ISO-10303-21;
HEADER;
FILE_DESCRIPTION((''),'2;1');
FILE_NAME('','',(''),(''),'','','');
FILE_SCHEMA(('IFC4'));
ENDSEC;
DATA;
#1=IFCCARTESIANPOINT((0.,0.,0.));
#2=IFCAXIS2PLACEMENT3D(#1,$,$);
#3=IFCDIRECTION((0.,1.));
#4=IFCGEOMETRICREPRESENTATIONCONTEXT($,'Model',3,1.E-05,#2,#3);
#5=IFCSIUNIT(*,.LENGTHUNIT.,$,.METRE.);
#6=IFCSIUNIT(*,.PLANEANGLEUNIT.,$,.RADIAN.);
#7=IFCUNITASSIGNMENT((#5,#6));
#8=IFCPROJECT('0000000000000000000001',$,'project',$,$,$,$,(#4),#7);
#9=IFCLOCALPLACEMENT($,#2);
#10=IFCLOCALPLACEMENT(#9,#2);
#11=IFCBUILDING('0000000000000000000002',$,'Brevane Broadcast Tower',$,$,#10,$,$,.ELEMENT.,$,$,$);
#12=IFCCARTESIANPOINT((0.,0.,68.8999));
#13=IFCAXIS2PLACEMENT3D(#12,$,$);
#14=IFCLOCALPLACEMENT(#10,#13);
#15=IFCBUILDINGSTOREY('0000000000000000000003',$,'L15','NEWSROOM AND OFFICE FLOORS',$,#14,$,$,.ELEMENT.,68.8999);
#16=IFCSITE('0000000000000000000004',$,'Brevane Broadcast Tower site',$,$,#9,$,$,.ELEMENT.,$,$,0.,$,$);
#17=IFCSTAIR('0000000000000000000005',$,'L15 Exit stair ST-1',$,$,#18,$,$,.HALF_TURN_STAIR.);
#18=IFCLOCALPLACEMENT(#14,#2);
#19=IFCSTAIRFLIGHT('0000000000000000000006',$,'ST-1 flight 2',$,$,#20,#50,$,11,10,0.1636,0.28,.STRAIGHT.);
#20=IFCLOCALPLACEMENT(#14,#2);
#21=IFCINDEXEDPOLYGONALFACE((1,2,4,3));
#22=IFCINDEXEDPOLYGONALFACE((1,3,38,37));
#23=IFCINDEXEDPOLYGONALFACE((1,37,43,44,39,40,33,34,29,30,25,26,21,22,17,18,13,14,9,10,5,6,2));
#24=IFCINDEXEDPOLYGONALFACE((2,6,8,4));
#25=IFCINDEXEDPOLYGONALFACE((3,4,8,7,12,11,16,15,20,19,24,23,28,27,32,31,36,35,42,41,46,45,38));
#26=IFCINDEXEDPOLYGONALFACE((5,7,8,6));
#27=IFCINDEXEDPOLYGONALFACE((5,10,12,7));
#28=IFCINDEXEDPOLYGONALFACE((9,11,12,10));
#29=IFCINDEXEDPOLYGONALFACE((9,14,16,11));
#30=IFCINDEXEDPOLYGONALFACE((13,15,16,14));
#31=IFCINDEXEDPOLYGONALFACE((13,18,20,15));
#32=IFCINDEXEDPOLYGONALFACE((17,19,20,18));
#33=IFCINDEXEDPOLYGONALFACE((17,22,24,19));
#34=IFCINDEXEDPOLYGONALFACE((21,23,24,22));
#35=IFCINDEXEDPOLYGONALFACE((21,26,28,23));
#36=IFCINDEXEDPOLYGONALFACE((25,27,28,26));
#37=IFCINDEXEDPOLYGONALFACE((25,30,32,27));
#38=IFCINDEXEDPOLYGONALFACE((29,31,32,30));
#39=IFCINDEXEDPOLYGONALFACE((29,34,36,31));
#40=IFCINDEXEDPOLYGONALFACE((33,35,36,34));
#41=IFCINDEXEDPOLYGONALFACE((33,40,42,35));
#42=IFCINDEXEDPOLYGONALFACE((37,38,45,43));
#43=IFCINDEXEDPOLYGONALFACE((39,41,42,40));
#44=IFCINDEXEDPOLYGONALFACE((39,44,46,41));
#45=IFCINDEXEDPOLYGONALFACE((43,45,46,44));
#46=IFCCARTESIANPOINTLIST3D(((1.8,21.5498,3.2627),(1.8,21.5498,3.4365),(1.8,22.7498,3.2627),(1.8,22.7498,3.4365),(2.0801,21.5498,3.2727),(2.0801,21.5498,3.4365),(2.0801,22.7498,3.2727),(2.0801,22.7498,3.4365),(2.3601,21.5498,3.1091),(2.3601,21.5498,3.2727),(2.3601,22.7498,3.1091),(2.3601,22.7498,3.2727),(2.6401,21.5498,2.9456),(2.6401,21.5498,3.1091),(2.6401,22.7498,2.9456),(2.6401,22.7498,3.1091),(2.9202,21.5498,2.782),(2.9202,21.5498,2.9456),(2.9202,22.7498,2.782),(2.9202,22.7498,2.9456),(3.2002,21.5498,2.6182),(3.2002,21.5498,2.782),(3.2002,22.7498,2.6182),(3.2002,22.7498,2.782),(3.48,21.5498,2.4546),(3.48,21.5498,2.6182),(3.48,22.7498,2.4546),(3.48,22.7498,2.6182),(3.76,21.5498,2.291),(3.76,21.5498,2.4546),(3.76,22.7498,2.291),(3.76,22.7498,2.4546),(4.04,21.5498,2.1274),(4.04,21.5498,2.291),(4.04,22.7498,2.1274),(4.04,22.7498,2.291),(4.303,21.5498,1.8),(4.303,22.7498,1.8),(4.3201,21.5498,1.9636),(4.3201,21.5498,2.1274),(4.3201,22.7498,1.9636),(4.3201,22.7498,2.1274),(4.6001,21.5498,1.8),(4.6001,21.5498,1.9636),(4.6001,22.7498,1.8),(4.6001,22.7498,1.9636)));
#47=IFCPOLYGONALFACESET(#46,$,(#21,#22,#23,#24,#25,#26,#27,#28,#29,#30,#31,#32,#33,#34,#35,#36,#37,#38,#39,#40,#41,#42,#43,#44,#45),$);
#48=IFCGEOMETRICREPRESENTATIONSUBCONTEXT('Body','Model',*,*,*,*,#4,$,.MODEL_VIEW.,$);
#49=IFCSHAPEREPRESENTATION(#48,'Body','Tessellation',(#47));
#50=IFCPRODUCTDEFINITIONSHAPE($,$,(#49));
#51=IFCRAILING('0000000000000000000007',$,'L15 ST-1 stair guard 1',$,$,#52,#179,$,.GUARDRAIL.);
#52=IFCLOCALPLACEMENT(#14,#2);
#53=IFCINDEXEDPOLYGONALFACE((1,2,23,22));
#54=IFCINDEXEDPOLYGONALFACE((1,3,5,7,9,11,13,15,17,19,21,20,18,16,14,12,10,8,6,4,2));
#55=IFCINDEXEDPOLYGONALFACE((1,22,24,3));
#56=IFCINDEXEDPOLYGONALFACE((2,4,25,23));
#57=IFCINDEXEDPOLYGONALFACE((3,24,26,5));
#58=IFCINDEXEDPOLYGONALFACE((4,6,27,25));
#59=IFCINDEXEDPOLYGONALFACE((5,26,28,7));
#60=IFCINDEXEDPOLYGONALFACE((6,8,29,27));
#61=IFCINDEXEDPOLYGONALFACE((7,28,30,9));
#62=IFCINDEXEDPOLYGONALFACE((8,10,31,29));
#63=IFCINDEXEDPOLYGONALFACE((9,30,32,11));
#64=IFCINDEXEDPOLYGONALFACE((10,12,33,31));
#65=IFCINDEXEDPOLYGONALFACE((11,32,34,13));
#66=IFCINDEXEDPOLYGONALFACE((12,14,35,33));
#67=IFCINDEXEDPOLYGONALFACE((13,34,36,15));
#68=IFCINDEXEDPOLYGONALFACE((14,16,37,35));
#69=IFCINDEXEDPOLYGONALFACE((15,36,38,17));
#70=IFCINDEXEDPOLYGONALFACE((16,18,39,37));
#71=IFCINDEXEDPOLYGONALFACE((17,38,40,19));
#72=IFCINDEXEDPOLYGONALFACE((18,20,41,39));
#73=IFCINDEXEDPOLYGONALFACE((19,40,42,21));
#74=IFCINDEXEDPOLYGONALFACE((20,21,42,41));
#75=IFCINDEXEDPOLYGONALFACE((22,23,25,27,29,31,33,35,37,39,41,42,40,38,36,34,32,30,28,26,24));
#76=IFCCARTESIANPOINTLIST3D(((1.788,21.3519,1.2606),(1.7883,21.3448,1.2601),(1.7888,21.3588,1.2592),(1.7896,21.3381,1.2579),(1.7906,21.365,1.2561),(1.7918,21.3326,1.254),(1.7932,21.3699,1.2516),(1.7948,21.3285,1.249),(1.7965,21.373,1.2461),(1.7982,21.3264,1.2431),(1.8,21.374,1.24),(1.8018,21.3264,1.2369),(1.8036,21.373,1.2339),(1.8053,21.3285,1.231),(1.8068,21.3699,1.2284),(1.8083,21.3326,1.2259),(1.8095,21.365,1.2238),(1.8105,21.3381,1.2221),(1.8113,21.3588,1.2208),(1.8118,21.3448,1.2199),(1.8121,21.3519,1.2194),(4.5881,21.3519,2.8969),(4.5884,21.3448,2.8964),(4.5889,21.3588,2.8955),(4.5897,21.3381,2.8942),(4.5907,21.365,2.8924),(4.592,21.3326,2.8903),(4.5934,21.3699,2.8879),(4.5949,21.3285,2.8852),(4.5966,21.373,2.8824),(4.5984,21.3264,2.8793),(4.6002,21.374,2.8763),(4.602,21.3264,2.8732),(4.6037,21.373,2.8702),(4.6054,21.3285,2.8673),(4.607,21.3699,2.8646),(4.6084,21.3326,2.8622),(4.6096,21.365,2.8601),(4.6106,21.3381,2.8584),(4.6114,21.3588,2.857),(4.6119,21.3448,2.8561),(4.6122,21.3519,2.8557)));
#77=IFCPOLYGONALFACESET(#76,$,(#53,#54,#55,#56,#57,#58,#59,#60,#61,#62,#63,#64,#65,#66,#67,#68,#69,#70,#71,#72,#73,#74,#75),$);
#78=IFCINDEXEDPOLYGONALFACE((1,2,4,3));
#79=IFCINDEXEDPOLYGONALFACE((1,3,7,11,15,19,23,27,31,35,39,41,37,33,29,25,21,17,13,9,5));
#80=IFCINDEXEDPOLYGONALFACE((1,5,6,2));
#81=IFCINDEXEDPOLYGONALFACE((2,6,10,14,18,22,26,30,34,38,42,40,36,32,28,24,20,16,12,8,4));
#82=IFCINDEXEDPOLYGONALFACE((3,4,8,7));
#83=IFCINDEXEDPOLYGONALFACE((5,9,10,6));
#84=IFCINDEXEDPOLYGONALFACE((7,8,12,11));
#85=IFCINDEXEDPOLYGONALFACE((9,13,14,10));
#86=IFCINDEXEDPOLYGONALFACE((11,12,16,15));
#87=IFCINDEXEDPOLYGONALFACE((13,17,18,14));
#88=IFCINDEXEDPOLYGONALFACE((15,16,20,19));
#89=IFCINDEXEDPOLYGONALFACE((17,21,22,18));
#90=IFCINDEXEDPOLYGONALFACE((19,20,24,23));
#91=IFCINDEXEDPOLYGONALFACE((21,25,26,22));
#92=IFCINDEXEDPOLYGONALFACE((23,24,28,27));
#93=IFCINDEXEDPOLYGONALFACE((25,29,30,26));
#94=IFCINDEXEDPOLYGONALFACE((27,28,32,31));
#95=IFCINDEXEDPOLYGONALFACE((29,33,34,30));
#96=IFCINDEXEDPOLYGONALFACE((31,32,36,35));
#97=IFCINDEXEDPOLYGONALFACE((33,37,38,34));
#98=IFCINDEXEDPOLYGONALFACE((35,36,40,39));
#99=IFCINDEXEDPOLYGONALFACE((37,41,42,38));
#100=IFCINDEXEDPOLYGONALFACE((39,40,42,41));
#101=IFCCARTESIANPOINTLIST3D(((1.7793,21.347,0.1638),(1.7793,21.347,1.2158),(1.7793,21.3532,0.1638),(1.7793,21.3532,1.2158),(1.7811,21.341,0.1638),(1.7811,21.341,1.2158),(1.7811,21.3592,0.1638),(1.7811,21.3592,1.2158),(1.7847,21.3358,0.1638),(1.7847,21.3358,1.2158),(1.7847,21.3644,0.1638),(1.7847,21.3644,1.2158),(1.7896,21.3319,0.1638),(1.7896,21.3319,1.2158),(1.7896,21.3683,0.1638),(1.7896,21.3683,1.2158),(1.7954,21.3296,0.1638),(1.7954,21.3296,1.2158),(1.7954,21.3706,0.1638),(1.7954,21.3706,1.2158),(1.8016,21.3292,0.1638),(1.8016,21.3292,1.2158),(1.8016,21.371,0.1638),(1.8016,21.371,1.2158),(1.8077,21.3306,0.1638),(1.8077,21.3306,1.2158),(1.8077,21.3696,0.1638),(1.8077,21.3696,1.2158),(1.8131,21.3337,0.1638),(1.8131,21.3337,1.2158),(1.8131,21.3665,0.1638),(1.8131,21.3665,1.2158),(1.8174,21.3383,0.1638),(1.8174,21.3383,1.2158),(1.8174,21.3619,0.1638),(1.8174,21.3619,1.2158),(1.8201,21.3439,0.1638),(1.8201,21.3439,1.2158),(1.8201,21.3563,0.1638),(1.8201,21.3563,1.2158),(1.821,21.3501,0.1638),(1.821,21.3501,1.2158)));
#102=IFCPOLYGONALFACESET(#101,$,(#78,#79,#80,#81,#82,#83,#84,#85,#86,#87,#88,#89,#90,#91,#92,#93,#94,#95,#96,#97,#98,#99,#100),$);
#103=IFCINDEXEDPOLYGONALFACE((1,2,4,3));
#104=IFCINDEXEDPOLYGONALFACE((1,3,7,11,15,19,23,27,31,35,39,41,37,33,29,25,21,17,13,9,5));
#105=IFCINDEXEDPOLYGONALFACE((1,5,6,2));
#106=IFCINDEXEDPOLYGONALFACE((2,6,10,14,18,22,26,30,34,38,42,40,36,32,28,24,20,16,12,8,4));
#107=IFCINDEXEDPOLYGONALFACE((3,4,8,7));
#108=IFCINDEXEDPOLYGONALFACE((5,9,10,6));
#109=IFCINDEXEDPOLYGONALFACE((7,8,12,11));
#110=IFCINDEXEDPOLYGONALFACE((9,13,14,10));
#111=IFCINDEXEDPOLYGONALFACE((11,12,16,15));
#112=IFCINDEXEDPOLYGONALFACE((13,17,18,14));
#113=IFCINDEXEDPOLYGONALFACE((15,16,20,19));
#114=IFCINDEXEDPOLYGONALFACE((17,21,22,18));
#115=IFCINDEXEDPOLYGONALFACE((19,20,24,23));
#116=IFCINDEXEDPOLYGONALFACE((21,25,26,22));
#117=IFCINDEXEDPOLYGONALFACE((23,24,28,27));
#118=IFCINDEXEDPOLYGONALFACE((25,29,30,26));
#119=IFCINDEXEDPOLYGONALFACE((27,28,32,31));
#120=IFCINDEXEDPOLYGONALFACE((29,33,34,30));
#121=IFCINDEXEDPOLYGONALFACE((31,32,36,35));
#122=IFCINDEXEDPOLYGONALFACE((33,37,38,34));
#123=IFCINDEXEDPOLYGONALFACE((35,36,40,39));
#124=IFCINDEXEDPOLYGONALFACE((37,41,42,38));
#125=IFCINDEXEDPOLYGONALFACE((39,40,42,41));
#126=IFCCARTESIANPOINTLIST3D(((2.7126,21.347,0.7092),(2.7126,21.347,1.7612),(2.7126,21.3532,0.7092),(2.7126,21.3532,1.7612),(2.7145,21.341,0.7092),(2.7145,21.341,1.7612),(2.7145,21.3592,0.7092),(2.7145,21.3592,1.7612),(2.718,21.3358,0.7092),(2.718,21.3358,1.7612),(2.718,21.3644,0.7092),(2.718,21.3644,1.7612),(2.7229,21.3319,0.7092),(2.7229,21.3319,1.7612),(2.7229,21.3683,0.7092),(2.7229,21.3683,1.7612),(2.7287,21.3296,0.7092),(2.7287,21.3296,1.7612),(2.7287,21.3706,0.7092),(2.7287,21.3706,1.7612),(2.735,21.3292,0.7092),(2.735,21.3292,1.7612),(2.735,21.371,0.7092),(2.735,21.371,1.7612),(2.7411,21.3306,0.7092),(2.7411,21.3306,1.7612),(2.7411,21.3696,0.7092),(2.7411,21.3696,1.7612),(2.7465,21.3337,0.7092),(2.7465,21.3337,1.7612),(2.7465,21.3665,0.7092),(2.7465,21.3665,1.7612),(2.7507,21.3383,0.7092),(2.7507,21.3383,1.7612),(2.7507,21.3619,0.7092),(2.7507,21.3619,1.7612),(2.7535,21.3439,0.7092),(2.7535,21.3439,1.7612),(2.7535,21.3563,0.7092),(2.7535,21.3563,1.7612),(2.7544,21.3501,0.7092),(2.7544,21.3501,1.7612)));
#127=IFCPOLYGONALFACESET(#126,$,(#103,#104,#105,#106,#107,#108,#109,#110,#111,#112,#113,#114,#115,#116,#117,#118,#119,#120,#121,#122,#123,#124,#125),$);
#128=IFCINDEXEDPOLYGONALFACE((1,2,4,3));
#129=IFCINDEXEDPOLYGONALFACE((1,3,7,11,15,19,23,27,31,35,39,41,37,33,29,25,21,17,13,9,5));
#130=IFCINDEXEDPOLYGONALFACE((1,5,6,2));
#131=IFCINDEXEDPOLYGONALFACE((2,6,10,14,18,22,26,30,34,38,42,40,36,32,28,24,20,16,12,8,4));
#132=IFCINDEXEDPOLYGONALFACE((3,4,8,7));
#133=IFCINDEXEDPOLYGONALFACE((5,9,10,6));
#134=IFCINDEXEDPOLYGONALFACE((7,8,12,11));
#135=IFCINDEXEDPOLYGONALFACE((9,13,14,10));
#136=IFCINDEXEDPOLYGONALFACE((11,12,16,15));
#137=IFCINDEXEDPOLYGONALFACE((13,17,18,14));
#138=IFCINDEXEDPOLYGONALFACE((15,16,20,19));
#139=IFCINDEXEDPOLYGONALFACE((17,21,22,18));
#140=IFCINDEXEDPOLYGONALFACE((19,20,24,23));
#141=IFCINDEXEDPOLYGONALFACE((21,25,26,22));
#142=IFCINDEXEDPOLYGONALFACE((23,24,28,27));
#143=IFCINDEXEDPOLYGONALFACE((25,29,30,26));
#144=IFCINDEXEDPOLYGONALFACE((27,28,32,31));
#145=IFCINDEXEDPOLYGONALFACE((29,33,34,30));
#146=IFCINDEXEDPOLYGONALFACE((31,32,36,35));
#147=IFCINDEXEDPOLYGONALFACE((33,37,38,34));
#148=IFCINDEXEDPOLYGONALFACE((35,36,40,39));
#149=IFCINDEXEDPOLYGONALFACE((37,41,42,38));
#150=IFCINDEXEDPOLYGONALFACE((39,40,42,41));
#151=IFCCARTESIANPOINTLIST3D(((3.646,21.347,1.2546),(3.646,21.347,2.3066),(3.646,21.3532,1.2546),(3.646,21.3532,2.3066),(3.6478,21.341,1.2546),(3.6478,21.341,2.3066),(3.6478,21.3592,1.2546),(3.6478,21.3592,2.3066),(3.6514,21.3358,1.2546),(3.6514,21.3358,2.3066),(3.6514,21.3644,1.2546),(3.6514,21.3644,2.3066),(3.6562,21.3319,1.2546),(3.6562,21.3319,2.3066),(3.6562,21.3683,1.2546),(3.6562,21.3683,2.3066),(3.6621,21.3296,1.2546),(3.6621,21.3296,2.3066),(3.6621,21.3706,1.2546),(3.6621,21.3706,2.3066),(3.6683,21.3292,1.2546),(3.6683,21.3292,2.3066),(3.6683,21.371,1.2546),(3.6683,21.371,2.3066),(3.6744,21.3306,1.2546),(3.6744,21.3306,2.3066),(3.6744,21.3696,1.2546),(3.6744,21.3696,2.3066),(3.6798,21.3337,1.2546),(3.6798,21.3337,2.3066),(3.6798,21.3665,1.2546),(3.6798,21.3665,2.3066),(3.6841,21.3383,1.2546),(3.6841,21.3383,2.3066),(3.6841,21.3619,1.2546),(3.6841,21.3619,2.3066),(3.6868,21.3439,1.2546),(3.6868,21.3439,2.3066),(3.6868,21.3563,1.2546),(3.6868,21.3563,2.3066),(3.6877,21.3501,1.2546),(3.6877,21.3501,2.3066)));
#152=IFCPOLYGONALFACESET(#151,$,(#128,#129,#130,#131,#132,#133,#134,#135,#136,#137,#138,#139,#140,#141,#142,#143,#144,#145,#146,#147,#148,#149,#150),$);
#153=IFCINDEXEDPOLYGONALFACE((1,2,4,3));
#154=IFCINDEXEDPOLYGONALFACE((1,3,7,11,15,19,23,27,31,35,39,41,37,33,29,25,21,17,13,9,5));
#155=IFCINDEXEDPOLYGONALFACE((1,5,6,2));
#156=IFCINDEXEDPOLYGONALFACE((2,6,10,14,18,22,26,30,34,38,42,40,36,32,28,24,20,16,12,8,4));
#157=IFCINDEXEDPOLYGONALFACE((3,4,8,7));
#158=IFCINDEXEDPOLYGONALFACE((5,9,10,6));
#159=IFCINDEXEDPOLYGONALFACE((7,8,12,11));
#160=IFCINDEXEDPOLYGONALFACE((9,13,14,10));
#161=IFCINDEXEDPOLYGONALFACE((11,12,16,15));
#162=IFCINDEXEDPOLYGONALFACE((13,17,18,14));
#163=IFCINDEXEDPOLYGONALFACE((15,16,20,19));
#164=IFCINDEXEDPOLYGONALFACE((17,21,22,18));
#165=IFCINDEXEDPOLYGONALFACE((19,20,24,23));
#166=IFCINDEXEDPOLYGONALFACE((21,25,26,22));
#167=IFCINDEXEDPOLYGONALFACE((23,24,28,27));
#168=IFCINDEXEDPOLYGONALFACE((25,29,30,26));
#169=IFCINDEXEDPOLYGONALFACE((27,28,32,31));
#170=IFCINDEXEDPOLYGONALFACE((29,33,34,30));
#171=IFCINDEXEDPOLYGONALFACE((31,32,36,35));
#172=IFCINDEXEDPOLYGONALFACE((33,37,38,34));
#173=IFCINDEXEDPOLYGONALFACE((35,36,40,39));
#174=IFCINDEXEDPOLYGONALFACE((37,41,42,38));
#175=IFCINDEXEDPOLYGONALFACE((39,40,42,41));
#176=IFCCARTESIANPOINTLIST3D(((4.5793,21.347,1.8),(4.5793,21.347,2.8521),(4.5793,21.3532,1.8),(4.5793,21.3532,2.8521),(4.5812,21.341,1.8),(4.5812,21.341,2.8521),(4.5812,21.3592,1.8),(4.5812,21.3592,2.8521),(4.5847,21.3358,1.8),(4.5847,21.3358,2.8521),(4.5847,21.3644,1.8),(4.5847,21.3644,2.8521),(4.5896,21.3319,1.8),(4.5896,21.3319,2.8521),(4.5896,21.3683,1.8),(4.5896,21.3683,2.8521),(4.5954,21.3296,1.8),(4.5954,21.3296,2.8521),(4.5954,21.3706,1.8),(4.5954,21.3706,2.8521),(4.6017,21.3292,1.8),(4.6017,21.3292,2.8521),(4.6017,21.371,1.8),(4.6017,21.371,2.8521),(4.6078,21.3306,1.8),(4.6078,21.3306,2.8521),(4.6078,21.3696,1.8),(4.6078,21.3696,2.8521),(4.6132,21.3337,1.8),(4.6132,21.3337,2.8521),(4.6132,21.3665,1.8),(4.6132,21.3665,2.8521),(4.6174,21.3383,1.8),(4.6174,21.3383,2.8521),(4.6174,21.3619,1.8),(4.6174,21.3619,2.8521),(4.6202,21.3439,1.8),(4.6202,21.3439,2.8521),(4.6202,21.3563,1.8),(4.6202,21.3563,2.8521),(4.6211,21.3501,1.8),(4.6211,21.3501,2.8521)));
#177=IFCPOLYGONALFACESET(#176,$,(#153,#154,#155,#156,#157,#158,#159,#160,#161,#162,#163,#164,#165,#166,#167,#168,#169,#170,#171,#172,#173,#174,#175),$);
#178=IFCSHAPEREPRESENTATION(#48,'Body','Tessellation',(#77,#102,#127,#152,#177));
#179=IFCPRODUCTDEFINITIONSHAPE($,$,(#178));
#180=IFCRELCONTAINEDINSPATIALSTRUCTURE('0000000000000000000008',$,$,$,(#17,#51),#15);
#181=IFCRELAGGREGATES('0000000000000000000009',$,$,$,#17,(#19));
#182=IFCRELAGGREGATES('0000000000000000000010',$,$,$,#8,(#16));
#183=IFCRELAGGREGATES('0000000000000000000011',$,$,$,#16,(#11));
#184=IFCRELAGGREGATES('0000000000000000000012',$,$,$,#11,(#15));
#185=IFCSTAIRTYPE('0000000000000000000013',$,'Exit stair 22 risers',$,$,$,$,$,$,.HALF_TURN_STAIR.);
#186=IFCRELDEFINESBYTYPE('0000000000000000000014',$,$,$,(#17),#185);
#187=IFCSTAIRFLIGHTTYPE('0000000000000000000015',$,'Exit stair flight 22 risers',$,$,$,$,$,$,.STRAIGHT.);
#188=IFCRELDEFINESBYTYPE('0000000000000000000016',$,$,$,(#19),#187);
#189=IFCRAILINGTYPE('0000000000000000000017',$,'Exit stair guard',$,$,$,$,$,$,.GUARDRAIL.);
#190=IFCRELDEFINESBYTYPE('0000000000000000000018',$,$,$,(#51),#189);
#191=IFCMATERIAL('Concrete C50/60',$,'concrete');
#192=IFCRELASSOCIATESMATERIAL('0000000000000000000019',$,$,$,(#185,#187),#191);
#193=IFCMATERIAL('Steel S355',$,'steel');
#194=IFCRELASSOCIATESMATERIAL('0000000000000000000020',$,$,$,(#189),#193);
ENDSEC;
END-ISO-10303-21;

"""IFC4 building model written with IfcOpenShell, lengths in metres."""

from ifc_helpers import new_model, si_unit, direction, frame, origin, origin_2d, place, context, subcontext, project, spatial, polyline, circle, outline, extrude, material, type_object, element, aggregate, save


model = new_model("IFC4")

# Units and contexts
model_context = context("Model", 3, precision=1e-05, world=origin(), true_north=direction((0.0, 1.0)))
body_context = subcontext(model_context, "Body", "Model", "MODEL_VIEW")
ifc_project = project(units=[si_unit("LENGTHUNIT", "METRE"), si_unit("PLANEANGLEUNIT", "RADIAN")], contexts=[model_context])

# Site, building, storey
site_placement = place(None, origin())
site = spatial("IfcSite", under=ifc_project, at=site_placement, Name="Brevane Broadcast Tower site", CompositionType="ELEMENT", RefElevation=0.0)
building_placement = place(site_placement, origin())
building = spatial("IfcBuilding", under=site, at=building_placement, Name="Brevane Broadcast Tower", CompositionType="ELEMENT")
storey_placement = place(building_placement, frame((0.0, 0.0, 68.8999)))
storey = spatial("IfcBuildingStorey", under=building, at=storey_placement, Name="L15", Description="NEWSROOM AND OFFICE FLOORS", CompositionType="ELEMENT", Elevation=68.8999)

# Stair, stair flight
ifc_material_1 = material(Name="Concrete C50/60", Category="concrete")
stair_type = type_object("IfcStairType", Name="Exit stair 22 risers", PredefinedType="HALF_TURN_STAIR", material=ifc_material_1)
stair_placement = place(storey_placement, origin())
stair = element("IfcStair", 1, at=stair_placement, inside=storey, type_object=stair_type, Name="L15 Exit stair ST-1", PredefinedType="HALF_TURN_STAIR")
stair_flight_type = type_object("IfcStairFlightType", Name="Exit stair flight 22 risers", PredefinedType="STRAIGHT", material=ifc_material_1)
stair_flight_placement = place(storey_placement, frame((4.6001, 22.1499, 1.8), z_axis=(0.0, 0.0, 1.0), x_axis=(-1.0, 0.0, 0.0)))
stair_flight = element("IfcStairFlight", 2, at=stair_flight_placement, type_object=stair_flight_type, Name="ST-1 flight 2", NumberOfRisers=11, NumberOfTreads=10, PredefinedType="STRAIGHT", RiserHeight=0.1636, TreadLength=0.28, context=body_context, shape_type="SweptSolid", body=[
    extrude(outline(polyline([(0.0, 0.0), (0.0, 0.1636), (0.28, 0.1636), (0.28, 0.3274), (0.5601, 0.3274), (0.5601, 0.491), (0.8401, 0.491), (0.8401, 0.6545), (1.1201, 0.6545), (1.1201, 0.8181), (1.3999, 0.8181), (1.3999, 0.9819), (1.6799, 0.9819), (1.6799, 1.1455), (1.96, 1.1455), (1.96, 1.3091), (2.24, 1.3091), (2.24, 1.4727), (2.52, 1.4727), (2.52, 1.6365), (2.8, 1.6365), (2.8, 1.8), (2.8, 1.4626), (0.2971, 0.0), (0.0, 0.0)])), frame((0.0, 0.6001, 0.0), z_axis=(0.0, -1.0, 0.0), x_axis=(1.0, 0.0, 0.0)), (0.0, 0.0, 1.0), 1.2),
])
aggregate(stair, [stair_flight])

# Railing
ifc_material_2 = material(Name="Steel S355", Category="steel")
railing_type_1 = type_object("IfcRailingType", Name="Exit stair guard", PredefinedType="GUARDRAIL", material=ifc_material_2)
railing_1_placement = place(storey_placement, frame((1.8, 21.3501, 0.1638)))
element("IfcRailing", 3, at=railing_1_placement, inside=storey, type_object=railing_type_1, Name="L15 ST-1 stair guard 1", PredefinedType="GUARDRAIL", context=body_context, shape_type="SweptSolid", body=[
    extrude(circle(Radius=0.0239, at=origin_2d()), frame((0.0, 0.0, 1.0762), z_axis=(0.863394, 0.0, 0.504531), x_axis=(0.0, 1.0, 0.0)), (0.0, 0.0, 1.0), 3.2432),
    extrude(circle(Radius=0.021, at=origin_2d()), origin(), (0.0, 0.0, 1.0), 1.052),
    extrude(circle(Radius=0.021, at=origin_2d()), frame((0.9333, 0.0, 0.5454)), (0.0, 0.0, 1.0), 1.052),
    extrude(circle(Radius=0.021, at=origin_2d()), frame((1.8667, 0.0, 1.0908)), (0.0, 0.0, 1.0), 1.052),
    extrude(circle(Radius=0.021, at=origin_2d()), frame((2.8, 0.0, 1.6362)), (0.0, 0.0, 1.0), 1.052),
])

save(model, "model.ifc")
